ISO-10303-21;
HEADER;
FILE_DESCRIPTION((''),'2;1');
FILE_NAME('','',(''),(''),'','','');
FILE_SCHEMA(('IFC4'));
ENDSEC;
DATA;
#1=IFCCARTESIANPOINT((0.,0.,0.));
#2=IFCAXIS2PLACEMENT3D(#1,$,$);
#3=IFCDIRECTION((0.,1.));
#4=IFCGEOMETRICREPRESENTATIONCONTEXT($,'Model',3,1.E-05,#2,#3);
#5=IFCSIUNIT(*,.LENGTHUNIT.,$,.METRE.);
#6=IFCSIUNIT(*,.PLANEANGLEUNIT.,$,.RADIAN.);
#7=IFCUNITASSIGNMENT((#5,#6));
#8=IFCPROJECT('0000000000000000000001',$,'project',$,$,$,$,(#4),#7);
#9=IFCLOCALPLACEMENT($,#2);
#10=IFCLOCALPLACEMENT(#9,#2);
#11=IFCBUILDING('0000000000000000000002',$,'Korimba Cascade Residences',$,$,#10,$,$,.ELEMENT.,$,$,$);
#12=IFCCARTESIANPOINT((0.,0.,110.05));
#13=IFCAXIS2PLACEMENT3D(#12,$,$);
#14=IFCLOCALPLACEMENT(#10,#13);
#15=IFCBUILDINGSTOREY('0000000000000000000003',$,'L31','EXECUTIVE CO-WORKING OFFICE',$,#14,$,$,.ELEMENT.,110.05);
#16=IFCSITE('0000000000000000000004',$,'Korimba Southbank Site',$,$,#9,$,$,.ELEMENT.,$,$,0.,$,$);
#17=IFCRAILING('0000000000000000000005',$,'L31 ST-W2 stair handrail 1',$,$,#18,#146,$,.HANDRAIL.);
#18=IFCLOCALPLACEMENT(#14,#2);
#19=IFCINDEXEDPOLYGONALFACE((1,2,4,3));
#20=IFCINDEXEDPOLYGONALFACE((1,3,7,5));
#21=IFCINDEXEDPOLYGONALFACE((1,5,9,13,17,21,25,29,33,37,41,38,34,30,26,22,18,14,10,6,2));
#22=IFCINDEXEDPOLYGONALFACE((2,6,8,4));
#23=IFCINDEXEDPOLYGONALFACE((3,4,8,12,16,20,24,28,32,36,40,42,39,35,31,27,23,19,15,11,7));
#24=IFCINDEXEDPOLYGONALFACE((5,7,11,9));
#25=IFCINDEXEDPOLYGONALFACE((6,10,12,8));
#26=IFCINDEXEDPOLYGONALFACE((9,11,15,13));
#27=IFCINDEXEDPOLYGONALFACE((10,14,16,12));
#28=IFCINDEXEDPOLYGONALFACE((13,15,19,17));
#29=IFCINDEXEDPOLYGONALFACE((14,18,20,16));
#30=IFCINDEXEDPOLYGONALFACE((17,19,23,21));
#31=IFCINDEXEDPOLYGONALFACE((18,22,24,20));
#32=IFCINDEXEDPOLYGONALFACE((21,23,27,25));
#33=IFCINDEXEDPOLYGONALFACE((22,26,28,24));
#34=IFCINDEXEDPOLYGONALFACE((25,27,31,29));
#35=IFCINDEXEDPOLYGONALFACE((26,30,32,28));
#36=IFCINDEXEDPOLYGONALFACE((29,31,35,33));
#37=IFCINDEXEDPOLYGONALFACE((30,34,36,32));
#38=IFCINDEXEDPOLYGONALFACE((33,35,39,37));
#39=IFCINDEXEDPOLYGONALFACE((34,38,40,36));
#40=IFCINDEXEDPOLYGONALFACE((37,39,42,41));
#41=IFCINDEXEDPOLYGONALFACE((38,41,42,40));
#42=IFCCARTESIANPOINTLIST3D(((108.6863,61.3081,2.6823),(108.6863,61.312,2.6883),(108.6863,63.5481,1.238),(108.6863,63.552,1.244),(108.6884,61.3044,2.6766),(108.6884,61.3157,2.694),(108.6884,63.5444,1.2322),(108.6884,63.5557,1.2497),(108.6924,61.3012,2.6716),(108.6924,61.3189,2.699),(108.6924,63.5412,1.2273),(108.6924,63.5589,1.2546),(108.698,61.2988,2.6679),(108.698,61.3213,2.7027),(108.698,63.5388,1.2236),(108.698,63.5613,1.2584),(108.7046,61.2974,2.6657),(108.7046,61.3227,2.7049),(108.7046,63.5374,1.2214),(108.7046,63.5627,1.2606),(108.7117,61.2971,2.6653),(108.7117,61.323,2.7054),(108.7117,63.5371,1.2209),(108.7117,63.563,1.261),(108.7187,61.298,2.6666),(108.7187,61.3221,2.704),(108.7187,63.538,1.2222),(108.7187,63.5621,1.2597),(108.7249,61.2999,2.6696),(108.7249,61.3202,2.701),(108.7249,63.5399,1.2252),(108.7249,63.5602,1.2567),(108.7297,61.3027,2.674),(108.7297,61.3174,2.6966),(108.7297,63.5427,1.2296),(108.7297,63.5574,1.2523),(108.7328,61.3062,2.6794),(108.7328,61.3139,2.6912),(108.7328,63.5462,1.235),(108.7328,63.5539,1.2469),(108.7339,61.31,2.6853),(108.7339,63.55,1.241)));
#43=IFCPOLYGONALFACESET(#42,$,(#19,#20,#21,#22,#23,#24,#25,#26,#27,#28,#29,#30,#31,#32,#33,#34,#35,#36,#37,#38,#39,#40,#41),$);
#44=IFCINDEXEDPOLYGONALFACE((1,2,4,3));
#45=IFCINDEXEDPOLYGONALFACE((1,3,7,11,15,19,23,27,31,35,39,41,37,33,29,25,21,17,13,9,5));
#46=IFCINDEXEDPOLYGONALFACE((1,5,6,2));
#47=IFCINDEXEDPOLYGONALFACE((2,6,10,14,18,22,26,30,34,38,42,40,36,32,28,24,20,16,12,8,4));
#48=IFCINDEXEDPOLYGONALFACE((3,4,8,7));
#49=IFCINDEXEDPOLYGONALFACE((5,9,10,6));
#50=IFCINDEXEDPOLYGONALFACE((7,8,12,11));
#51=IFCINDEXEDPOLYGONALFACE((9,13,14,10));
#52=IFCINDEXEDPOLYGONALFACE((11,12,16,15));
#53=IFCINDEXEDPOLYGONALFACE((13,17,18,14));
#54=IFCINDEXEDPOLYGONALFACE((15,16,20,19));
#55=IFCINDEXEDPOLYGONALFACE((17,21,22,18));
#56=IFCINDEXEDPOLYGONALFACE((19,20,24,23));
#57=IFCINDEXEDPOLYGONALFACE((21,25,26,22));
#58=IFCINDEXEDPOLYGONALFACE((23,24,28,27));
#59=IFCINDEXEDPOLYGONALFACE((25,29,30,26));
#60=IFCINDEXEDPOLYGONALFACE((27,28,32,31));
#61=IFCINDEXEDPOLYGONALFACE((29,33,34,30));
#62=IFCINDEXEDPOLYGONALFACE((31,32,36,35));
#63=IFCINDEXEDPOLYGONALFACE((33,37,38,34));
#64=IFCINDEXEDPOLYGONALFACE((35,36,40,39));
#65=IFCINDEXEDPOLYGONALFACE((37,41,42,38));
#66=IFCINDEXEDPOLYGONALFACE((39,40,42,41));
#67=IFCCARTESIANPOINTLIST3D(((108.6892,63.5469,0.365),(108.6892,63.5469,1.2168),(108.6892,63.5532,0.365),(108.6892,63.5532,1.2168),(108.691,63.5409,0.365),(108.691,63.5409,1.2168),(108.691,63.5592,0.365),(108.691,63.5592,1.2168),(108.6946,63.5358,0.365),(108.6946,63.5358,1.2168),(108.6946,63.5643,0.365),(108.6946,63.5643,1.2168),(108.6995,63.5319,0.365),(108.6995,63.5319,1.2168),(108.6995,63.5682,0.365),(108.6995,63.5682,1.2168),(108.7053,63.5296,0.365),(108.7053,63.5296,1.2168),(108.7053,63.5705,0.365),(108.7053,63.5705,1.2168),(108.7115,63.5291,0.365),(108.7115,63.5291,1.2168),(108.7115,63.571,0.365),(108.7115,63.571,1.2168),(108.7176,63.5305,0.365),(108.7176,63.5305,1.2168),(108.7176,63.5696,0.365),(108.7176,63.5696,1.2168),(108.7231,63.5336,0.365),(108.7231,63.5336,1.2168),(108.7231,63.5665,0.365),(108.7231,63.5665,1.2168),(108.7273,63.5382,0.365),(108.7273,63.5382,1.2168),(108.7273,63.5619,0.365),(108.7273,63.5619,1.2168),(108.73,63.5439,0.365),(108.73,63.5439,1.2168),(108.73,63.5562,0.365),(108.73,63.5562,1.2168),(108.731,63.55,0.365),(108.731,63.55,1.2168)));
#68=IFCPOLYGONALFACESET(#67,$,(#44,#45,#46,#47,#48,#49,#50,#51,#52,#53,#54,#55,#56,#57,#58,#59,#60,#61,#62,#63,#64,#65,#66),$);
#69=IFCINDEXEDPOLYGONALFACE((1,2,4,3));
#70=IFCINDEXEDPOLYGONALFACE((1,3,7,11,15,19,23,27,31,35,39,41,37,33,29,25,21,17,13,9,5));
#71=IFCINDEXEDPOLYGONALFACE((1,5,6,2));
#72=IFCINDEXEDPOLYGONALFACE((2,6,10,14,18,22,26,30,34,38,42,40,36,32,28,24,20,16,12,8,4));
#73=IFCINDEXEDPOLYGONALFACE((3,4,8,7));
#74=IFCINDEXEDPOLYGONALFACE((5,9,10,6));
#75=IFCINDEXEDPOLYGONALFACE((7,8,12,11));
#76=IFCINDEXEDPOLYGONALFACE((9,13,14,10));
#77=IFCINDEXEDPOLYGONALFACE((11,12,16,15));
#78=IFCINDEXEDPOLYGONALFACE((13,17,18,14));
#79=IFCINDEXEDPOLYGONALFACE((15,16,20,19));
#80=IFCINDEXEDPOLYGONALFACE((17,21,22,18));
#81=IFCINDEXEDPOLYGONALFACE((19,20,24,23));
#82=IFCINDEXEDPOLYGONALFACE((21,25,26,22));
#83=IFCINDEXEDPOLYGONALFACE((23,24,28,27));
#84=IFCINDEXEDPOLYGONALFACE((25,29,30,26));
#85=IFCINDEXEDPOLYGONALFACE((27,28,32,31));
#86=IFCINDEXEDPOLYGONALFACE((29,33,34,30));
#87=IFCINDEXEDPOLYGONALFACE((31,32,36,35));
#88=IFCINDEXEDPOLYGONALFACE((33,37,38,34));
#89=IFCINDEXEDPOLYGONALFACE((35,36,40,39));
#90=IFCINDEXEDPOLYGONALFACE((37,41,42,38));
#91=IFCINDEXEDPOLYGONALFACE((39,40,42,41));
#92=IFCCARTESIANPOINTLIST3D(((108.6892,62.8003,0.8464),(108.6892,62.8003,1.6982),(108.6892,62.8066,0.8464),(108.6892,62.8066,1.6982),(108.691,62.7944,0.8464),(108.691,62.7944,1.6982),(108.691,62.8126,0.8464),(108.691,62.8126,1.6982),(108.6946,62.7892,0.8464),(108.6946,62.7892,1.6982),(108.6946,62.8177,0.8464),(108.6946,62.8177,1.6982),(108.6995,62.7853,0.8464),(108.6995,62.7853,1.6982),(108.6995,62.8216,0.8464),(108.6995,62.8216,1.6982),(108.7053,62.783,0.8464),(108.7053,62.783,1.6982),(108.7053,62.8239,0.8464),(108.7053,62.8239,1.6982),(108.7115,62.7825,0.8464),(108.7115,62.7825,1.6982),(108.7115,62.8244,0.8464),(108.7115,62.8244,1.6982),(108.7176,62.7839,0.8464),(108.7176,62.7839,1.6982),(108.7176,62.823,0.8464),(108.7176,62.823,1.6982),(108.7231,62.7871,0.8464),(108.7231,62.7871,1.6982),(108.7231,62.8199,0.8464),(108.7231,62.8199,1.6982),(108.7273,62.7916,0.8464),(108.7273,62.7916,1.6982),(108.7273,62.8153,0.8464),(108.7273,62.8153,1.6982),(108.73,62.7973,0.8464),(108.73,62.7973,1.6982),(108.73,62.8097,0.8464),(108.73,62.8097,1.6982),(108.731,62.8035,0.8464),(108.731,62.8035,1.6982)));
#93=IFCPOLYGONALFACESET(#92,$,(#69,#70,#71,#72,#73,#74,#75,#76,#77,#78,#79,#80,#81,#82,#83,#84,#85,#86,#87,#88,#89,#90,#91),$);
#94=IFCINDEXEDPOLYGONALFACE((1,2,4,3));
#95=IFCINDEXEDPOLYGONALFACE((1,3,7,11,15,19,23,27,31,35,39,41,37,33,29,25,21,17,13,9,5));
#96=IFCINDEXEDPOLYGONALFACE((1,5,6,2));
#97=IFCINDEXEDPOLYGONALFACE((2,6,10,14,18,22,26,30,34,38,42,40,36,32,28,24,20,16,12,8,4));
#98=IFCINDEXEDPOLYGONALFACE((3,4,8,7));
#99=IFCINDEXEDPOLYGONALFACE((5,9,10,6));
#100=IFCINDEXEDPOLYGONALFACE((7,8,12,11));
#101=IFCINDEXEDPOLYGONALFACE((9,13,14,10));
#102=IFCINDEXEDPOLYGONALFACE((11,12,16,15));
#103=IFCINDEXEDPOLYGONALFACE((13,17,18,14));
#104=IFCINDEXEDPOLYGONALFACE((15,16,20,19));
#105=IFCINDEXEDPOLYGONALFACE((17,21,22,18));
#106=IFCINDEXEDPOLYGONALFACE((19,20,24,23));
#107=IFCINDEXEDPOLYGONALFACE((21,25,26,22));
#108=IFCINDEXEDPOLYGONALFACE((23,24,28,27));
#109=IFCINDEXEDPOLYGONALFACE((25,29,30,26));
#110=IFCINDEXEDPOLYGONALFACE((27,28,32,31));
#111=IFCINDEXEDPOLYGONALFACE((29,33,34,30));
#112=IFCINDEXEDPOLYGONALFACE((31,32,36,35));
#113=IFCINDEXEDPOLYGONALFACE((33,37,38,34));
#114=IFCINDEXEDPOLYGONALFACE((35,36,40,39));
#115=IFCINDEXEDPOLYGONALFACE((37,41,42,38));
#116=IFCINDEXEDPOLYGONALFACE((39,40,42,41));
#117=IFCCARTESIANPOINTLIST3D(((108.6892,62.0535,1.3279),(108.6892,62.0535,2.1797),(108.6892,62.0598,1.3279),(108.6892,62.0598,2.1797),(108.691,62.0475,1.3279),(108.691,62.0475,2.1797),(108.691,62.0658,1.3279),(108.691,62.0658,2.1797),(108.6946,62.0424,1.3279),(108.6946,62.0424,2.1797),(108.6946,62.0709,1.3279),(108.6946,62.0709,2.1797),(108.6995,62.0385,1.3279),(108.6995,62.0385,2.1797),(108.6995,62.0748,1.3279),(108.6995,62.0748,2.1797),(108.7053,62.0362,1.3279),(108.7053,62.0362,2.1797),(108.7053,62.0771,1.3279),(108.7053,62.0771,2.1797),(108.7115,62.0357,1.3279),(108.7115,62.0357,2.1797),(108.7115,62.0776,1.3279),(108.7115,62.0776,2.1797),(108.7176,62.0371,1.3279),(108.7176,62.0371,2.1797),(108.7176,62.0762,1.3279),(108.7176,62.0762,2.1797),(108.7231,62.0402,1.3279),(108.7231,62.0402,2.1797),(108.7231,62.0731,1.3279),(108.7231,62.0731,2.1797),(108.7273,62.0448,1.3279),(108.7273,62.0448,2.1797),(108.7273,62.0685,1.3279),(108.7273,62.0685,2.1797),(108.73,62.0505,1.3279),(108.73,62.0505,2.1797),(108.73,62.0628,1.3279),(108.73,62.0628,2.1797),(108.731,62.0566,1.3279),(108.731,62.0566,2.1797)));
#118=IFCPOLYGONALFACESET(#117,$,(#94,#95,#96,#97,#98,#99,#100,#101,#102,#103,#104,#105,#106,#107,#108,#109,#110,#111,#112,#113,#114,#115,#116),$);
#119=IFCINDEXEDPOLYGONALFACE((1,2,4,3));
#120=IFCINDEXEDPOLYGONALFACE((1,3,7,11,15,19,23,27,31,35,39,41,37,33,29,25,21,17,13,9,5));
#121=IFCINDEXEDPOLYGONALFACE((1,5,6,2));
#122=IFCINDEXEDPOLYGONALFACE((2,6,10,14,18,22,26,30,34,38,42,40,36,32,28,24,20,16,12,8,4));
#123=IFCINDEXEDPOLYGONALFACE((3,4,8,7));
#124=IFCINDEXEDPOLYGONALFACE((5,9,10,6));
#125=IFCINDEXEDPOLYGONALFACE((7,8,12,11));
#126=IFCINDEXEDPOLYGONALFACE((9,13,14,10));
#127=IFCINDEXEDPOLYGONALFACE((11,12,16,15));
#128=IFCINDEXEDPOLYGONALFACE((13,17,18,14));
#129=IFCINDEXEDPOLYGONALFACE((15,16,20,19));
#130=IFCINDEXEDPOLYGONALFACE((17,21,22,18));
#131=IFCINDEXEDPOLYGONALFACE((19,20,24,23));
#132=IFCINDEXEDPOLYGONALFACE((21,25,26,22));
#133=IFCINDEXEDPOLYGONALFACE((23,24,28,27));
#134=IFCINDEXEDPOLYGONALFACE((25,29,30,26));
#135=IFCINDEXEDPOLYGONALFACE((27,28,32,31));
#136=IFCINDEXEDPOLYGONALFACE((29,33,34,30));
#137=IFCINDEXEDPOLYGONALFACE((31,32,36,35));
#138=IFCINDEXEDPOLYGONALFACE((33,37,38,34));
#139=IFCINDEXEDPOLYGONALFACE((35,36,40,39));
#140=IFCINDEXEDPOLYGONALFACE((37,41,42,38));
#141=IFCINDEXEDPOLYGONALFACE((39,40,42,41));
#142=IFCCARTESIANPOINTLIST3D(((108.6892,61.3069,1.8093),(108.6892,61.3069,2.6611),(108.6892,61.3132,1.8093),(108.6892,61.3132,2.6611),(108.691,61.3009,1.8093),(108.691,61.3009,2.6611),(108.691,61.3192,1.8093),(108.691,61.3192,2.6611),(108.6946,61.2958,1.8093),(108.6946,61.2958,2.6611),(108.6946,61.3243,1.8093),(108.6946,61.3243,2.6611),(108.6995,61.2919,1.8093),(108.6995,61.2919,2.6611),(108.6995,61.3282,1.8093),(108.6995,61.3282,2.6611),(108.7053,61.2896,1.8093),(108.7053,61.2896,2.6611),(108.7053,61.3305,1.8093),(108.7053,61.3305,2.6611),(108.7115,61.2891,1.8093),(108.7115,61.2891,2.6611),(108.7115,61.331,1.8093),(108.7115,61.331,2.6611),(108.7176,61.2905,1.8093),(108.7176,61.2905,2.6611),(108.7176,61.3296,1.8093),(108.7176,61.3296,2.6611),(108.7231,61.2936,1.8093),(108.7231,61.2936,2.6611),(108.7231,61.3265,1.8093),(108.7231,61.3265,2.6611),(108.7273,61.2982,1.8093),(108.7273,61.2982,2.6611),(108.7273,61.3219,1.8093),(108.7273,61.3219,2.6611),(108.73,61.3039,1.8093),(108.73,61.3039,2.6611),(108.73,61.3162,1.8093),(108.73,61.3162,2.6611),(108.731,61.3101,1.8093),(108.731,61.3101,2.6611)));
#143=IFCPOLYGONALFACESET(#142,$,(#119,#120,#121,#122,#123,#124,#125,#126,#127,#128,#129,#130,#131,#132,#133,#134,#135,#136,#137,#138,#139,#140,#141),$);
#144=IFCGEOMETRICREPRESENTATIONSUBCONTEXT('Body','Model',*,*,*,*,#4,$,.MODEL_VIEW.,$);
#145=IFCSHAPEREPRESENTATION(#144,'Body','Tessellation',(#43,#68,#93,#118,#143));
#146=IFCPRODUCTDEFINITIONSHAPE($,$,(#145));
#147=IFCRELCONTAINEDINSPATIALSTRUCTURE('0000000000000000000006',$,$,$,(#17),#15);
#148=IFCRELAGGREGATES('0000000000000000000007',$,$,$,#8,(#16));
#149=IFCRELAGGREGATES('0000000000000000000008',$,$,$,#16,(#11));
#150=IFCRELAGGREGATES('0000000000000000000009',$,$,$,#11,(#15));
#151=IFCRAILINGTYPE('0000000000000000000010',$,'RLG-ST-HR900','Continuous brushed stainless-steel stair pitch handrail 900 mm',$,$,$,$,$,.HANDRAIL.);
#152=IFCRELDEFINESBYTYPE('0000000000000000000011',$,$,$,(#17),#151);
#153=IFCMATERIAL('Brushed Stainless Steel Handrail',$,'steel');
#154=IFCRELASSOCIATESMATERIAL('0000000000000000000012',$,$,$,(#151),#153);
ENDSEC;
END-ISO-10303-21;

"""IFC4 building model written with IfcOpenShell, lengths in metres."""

from ifc_helpers import new_model, si_unit, direction, frame, origin, origin_2d, place, context, subcontext, project, spatial, circle, extrude, material, type_object, element, save


model = new_model("IFC4")

# Units and contexts
model_context = context("Model", 3, precision=1e-05, world=origin(), true_north=direction((0.0, 1.0)))
body_context = subcontext(model_context, "Body", "Model", "MODEL_VIEW")
ifc_project = project(units=[si_unit("LENGTHUNIT", "METRE"), si_unit("PLANEANGLEUNIT", "RADIAN")], contexts=[model_context])

# Site, building, storey
site_placement = place(None, origin())
site = spatial("IfcSite", under=ifc_project, at=site_placement, Name="Korimba Southbank Site", CompositionType="ELEMENT", RefElevation=0.0)
building_placement = place(site_placement, origin())
building = spatial("IfcBuilding", under=site, at=building_placement, Name="Korimba Cascade Residences", CompositionType="ELEMENT")
storey_placement = place(building_placement, frame((0.0, 0.0, 110.05)))
storey = spatial("IfcBuildingStorey", under=building, at=storey_placement, Name="L31", Description="EXECUTIVE CO-WORKING OFFICE", CompositionType="ELEMENT", Elevation=110.05)

# Railing
ifc_material_1 = material(Name="Brushed Stainless Steel Handrail", Category="steel")
railing_type_1 = type_object("IfcRailingType", Name="RLG-ST-HR900", Description="Continuous brushed stainless-steel stair pitch handrail 900 mm", PredefinedType="HANDRAIL", material=ifc_material_1)
railing_1_placement = place(storey_placement, frame((108.71, 63.55, 0.365)))
element("IfcRailing", 1, at=railing_1_placement, inside=storey, type_object=railing_type_1, Name="L31 ST-W2 stair handrail 1", PredefinedType="HANDRAIL", context=body_context, shape_type="SweptSolid", body=[
    extrude(circle(Radius=0.0239, at=origin_2d()), frame((0.0, 0.0, 0.876), z_axis=(0.0, -0.840437, 0.54191), x_axis=(1.0, 0.0, 0.0)), (0.0, 0.0, 1.0), 2.6653),
    extrude(circle(Radius=0.021, at=origin_2d()), origin(), (0.0, 0.0, 1.0), 0.8518),
    extrude(circle(Radius=0.021, at=origin_2d()), frame((0.0, -0.7466, 0.4814)), (0.0, 0.0, 1.0), 0.8518),
    extrude(circle(Radius=0.021, at=origin_2d()), frame((0.0, -1.4934, 0.9629)), (0.0, 0.0, 1.0), 0.8518),
    extrude(circle(Radius=0.021, at=origin_2d()), frame((0.0, -2.24, 1.4443)), (0.0, 0.0, 1.0), 0.8518),
])

save(model, "model.ifc")
